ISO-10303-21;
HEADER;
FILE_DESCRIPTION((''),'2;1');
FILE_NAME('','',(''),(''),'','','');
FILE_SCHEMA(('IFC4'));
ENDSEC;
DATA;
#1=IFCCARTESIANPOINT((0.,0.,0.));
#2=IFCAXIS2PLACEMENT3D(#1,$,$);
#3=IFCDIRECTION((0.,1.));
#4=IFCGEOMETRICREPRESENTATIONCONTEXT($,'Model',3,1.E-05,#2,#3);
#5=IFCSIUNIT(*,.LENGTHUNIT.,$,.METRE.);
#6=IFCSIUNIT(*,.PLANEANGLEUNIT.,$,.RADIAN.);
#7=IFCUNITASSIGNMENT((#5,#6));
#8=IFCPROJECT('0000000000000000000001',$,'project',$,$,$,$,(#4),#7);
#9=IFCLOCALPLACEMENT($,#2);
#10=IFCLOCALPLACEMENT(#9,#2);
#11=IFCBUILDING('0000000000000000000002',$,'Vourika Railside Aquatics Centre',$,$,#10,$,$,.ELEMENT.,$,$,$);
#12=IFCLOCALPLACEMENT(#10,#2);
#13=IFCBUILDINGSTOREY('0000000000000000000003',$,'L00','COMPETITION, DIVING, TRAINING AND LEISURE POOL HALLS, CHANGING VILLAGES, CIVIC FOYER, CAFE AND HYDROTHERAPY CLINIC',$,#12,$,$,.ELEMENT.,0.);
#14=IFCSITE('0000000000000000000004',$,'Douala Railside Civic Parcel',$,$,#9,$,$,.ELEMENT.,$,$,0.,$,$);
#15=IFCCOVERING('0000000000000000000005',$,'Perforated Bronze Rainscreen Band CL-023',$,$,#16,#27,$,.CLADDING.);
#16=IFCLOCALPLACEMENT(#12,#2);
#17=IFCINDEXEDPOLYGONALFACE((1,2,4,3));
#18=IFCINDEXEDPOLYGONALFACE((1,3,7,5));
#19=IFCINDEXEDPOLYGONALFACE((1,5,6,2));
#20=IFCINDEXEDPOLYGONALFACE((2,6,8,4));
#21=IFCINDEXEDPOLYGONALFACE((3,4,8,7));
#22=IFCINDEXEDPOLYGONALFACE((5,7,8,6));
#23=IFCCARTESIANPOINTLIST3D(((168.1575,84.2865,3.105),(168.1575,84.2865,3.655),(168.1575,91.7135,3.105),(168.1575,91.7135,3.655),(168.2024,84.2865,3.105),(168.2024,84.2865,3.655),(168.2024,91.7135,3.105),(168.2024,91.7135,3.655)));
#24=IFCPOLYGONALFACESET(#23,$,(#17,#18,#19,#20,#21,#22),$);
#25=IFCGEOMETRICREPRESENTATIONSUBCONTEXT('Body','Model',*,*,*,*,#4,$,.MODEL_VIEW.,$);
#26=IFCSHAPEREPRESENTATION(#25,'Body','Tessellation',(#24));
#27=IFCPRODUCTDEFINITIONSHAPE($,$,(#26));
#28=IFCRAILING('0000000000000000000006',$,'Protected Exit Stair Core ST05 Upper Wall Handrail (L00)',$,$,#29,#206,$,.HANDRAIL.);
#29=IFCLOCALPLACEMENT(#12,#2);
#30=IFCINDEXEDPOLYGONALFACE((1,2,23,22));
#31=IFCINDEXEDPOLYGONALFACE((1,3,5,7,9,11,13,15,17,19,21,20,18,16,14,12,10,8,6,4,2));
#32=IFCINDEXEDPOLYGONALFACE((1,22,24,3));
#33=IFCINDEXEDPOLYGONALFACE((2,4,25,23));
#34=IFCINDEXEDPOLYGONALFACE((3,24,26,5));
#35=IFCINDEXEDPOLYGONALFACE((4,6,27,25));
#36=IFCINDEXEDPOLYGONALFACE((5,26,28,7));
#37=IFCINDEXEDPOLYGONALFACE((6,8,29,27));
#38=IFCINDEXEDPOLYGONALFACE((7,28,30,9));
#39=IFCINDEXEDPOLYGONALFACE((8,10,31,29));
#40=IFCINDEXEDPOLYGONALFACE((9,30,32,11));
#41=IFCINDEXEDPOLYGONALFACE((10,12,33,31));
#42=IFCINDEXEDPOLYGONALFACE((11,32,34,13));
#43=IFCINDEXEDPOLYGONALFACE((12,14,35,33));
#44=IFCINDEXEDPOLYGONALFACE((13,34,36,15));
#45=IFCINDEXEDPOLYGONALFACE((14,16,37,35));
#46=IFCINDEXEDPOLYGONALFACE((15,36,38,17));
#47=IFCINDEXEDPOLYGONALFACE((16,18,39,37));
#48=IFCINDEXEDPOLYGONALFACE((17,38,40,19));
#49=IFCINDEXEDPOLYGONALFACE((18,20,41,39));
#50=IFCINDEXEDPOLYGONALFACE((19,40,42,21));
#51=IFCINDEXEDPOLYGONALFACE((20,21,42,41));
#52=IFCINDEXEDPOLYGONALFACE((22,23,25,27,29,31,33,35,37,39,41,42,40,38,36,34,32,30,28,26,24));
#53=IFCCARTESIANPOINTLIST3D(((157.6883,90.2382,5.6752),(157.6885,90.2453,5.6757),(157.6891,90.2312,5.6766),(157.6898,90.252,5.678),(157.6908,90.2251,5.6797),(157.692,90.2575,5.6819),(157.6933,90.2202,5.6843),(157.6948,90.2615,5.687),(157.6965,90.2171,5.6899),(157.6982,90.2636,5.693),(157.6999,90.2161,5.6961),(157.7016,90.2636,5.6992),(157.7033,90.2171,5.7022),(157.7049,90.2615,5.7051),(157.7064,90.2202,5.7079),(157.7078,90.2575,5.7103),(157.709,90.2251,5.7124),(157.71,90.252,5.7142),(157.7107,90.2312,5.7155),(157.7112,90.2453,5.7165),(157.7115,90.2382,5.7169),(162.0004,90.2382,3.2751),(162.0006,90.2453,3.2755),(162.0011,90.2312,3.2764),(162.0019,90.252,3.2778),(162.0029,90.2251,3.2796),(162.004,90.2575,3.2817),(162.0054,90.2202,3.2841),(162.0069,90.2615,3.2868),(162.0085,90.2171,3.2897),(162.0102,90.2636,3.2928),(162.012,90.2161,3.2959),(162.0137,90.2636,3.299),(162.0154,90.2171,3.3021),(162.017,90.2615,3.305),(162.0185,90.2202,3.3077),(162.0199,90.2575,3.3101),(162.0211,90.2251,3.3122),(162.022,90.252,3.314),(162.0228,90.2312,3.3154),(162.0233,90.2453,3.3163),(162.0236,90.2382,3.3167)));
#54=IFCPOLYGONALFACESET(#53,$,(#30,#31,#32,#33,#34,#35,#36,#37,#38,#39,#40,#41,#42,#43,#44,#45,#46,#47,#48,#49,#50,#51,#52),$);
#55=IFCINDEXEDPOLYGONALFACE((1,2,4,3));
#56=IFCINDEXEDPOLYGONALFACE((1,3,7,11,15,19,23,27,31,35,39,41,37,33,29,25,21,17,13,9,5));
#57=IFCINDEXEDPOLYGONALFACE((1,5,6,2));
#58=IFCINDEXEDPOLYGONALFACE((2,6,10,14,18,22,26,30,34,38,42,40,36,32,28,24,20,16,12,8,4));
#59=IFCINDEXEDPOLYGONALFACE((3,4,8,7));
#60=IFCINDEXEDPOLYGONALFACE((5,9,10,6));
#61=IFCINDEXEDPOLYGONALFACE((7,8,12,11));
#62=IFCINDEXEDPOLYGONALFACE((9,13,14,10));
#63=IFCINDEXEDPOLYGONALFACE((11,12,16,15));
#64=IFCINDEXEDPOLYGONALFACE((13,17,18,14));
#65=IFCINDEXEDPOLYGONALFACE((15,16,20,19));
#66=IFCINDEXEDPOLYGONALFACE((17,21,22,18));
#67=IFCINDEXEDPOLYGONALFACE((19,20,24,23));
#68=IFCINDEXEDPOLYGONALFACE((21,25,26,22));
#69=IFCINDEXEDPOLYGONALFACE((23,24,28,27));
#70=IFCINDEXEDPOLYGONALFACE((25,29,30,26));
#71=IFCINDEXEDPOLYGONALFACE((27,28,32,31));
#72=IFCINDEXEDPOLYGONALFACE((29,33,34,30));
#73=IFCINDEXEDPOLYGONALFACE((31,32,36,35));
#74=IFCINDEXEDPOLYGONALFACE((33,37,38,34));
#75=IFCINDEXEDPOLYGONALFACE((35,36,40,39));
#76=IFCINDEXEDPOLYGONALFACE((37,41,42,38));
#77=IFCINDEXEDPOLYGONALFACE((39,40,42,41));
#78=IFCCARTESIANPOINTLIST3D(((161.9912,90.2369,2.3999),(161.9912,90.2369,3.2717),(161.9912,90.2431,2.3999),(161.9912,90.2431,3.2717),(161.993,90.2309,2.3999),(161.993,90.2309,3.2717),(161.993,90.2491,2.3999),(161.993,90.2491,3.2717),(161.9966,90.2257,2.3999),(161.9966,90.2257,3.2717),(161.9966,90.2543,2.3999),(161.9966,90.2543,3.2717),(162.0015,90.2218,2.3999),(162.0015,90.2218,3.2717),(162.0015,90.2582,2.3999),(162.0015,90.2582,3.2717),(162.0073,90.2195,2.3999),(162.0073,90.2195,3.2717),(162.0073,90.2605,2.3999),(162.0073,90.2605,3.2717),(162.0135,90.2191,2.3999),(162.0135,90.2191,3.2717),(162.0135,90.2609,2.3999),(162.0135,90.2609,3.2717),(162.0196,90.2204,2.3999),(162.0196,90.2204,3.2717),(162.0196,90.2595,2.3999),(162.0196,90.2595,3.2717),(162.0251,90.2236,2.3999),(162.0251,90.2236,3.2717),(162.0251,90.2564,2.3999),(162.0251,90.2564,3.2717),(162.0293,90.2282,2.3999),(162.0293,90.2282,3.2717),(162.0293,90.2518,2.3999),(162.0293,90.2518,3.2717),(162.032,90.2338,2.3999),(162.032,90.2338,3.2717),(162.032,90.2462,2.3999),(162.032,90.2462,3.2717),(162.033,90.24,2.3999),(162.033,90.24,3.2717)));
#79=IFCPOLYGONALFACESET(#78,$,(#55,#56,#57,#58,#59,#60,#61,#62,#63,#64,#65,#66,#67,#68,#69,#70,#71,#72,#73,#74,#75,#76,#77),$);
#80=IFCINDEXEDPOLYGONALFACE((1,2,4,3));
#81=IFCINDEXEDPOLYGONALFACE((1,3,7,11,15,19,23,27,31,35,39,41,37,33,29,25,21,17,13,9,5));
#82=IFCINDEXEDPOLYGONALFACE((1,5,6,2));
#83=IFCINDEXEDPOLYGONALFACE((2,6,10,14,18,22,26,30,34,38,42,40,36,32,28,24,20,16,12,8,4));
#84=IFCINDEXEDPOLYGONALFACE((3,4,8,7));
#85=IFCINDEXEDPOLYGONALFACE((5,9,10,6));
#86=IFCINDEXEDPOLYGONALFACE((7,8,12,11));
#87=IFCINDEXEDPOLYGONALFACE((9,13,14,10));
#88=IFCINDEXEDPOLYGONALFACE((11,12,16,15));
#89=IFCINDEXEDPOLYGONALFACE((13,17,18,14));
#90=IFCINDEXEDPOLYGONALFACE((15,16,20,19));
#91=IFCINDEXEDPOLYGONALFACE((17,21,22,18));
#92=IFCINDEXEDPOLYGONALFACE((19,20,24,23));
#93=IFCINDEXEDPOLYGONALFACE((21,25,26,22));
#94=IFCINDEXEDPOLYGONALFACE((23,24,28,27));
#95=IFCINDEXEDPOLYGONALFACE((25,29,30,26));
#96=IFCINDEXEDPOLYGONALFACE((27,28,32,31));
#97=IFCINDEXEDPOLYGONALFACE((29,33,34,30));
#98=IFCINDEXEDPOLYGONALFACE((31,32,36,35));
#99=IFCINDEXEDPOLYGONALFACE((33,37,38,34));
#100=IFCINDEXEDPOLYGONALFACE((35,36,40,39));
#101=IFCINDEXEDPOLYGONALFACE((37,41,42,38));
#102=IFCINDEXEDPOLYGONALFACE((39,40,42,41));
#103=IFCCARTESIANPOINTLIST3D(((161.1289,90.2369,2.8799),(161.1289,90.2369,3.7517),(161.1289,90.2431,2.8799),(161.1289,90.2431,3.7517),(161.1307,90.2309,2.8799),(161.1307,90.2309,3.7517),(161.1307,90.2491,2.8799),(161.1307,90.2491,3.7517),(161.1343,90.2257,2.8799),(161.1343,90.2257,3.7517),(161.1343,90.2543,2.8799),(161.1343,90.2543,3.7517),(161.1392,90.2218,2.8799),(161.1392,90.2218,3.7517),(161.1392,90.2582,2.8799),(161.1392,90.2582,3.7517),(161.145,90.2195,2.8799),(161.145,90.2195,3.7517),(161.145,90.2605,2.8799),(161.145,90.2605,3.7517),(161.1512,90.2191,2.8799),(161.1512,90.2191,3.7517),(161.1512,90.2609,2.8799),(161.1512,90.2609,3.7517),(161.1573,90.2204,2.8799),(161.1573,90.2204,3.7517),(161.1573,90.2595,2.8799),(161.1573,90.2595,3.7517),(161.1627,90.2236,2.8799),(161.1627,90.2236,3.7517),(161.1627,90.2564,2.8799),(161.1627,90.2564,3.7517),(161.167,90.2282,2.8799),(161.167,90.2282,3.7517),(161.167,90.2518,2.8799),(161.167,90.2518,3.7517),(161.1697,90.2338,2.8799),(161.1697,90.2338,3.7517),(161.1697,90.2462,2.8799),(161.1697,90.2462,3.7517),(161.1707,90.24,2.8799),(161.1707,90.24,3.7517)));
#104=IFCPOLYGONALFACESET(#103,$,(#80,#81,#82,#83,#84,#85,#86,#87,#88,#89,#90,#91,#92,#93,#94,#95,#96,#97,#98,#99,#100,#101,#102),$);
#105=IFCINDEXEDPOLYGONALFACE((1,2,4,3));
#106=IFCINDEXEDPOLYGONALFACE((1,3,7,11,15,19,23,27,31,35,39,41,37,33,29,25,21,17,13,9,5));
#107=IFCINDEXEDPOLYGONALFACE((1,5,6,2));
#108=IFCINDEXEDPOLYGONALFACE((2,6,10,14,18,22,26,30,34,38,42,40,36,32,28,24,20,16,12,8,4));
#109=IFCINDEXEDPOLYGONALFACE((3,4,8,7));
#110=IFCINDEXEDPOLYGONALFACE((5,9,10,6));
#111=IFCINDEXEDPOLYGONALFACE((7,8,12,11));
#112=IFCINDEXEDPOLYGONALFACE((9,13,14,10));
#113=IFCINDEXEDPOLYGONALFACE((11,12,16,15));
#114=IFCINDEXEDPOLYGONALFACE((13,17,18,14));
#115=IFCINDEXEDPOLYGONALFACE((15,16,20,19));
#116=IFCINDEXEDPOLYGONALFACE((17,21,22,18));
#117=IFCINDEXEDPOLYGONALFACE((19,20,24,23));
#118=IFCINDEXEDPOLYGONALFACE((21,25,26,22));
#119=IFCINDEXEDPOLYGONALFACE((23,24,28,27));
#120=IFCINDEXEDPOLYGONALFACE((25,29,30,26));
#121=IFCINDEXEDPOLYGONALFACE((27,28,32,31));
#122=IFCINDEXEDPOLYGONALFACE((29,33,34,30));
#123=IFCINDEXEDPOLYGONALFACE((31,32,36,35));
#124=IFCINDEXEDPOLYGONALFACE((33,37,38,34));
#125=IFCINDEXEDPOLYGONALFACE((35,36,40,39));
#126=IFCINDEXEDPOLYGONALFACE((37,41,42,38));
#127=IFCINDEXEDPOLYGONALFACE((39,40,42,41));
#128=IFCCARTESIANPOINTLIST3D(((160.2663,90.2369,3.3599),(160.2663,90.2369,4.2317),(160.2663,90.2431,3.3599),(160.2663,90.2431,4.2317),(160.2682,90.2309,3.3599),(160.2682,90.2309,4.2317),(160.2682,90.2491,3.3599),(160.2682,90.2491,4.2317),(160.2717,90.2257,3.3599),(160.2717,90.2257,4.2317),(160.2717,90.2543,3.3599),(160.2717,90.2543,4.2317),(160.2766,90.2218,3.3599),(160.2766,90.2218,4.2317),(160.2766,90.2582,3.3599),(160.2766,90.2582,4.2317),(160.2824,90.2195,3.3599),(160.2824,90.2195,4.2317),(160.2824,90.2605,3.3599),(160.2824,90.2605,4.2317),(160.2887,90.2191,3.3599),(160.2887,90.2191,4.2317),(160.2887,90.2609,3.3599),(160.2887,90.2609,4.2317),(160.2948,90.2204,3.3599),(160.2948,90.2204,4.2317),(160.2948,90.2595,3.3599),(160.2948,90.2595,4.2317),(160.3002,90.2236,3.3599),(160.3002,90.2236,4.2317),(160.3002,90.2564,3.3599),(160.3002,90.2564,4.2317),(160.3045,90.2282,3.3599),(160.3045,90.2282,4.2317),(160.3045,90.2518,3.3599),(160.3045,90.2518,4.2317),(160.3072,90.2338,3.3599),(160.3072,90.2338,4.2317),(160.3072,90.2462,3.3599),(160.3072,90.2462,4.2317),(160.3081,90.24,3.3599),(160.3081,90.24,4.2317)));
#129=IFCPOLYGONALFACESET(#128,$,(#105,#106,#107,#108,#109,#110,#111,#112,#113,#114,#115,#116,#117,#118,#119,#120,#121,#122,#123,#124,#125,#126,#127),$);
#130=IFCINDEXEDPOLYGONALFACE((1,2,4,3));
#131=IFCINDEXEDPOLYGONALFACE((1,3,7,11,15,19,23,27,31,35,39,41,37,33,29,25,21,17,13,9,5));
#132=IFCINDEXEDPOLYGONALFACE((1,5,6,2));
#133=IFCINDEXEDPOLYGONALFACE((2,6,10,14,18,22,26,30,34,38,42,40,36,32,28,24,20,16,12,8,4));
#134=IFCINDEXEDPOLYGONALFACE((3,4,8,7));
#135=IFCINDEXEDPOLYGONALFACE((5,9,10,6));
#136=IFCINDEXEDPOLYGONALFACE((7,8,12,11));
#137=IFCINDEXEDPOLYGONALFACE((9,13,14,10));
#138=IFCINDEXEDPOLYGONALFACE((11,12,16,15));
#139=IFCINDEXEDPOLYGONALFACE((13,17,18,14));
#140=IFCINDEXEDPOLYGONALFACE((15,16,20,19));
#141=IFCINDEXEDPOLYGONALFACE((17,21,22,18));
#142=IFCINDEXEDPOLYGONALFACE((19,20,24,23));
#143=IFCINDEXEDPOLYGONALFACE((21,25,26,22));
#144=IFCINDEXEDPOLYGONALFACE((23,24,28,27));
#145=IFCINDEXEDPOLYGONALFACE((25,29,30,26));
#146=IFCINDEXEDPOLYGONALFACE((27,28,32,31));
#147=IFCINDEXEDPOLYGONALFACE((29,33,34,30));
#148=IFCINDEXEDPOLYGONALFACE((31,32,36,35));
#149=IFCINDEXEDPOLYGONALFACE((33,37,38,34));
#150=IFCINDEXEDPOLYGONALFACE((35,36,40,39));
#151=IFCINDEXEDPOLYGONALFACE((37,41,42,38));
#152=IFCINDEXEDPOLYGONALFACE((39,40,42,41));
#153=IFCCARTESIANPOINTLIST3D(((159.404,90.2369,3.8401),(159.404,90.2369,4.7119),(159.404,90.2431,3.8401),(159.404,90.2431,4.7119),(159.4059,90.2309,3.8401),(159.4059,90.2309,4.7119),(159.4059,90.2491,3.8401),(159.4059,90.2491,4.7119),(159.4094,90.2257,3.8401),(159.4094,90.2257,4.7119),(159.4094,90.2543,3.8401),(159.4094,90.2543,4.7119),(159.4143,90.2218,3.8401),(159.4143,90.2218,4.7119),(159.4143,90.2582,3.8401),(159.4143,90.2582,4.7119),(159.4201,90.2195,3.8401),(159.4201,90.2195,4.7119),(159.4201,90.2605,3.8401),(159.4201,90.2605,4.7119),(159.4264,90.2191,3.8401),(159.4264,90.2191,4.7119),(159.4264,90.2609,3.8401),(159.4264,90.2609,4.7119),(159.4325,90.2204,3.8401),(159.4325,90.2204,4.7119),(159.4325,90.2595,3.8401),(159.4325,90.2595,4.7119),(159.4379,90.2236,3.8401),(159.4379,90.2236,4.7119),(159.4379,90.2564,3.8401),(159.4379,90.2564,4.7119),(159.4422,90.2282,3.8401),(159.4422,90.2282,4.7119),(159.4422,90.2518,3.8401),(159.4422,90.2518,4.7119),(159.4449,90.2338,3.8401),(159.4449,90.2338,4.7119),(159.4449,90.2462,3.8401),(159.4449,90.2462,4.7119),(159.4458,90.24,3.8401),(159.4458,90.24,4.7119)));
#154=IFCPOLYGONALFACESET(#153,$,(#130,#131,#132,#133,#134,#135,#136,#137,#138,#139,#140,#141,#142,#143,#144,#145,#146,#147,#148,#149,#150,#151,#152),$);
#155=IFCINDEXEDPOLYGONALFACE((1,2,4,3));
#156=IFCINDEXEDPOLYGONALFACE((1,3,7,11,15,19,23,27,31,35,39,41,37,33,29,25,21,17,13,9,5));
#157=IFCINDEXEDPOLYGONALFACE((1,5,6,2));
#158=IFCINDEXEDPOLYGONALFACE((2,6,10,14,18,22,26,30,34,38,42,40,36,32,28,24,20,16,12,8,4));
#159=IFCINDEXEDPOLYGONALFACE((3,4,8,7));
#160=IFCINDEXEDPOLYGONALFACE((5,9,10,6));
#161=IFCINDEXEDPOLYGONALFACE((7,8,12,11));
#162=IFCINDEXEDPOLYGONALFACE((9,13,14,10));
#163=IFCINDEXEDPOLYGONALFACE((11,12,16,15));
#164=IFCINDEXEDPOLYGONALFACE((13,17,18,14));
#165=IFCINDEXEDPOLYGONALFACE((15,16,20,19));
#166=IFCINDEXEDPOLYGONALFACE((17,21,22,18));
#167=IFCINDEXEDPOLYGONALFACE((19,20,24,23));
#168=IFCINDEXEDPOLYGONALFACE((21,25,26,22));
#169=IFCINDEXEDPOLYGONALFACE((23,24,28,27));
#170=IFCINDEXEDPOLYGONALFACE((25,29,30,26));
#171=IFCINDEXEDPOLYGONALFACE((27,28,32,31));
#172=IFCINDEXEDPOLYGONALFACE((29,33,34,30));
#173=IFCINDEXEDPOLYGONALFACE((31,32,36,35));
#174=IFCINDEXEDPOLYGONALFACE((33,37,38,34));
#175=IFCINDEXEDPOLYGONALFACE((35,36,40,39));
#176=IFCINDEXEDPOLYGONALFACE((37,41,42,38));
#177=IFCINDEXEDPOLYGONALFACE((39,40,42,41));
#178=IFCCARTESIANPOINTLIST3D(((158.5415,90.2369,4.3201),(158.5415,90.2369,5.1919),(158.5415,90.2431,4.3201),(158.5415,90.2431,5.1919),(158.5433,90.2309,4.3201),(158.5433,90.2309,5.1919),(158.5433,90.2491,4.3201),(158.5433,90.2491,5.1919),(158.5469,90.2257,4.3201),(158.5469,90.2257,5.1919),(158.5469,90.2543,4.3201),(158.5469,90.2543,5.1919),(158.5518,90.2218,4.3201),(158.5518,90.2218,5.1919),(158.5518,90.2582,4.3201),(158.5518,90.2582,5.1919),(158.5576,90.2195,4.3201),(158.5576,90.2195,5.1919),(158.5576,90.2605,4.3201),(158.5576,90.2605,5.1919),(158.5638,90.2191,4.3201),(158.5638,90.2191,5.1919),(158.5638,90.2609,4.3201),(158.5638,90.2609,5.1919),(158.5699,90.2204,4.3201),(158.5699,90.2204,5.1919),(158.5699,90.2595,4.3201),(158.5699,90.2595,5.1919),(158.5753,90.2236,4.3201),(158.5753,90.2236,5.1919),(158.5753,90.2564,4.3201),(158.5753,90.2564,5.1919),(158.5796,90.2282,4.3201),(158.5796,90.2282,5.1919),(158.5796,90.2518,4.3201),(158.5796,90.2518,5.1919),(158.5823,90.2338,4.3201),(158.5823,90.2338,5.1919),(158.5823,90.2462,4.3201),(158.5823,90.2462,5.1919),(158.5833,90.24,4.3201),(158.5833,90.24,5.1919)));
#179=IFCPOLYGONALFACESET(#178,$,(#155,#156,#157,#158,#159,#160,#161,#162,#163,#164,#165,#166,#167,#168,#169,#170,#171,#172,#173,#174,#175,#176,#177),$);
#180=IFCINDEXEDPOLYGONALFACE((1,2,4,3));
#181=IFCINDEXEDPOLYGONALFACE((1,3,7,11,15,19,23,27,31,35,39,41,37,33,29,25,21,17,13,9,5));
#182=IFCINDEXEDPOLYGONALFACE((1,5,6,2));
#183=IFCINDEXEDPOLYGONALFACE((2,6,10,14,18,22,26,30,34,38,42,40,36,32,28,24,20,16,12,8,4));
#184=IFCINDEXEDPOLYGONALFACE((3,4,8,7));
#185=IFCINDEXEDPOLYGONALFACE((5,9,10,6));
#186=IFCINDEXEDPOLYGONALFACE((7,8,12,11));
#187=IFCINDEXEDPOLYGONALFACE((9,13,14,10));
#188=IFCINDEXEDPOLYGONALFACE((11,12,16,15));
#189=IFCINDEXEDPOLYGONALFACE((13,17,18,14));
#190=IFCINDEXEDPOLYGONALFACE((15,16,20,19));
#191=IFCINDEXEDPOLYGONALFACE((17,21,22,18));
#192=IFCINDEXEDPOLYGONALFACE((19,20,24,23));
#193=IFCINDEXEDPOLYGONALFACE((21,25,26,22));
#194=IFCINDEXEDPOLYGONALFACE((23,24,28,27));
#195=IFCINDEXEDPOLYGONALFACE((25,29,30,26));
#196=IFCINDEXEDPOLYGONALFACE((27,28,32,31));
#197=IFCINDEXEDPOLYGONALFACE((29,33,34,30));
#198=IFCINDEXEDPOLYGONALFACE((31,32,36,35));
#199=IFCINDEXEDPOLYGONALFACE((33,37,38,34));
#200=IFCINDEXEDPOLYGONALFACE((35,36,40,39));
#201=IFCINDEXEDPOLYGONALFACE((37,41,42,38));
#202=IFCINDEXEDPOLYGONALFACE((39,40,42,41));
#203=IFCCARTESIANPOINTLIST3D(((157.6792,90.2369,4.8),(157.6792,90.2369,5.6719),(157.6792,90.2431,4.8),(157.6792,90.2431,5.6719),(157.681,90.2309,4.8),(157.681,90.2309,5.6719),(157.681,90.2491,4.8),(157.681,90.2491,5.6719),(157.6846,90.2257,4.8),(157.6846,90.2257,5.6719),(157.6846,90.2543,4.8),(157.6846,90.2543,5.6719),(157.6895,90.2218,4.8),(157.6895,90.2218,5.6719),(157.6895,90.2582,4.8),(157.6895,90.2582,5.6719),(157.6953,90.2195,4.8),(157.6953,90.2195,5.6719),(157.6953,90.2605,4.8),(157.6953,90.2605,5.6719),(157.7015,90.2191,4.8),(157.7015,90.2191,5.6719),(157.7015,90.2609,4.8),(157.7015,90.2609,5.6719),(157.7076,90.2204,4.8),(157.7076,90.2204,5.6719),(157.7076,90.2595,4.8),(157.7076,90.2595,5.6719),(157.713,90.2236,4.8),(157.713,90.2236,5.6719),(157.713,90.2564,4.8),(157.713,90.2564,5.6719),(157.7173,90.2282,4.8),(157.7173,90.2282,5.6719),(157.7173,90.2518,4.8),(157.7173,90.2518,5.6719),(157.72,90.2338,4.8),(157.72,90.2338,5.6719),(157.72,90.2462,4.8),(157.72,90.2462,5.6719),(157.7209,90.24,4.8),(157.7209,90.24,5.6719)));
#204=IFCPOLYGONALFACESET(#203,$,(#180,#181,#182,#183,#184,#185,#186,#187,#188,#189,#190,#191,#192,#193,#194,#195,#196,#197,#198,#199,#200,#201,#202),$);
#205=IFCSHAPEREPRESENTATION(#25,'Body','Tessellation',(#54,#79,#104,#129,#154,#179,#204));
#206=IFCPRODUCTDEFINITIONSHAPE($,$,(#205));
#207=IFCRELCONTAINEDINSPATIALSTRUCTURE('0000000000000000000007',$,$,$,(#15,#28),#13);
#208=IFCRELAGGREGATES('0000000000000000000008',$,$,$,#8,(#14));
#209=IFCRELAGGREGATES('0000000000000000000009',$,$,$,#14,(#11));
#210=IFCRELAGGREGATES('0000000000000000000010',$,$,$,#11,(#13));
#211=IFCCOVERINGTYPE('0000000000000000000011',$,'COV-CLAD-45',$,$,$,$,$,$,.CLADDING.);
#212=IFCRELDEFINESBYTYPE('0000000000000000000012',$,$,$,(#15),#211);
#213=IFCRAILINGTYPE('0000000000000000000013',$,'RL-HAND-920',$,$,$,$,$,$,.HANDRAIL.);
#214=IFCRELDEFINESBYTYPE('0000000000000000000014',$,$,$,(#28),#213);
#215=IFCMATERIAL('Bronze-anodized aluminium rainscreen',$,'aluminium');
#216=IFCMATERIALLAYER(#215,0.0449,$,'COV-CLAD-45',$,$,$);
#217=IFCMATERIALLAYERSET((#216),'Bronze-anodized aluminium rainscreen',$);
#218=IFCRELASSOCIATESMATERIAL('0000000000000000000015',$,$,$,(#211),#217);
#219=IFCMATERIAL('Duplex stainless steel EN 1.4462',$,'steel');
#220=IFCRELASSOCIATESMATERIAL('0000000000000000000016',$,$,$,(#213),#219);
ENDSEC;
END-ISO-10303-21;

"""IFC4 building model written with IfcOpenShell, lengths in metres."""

from ifc_helpers import new_model, si_unit, direction, frame, origin, origin_2d, place, context, subcontext, project, spatial, rectangle, circle, extrude, material, layer, layer_set, type_object, element, save


model = new_model("IFC4")

# Units and contexts
model_context = context("Model", 3, precision=1e-05, world=origin(), true_north=direction((0.0, 1.0)))
body_context = subcontext(model_context, "Body", "Model", "MODEL_VIEW")
ifc_project = project(units=[si_unit("LENGTHUNIT", "METRE"), si_unit("PLANEANGLEUNIT", "RADIAN")], contexts=[model_context])

# Site, building, storey
site_placement = place(None, origin())
site = spatial("IfcSite", under=ifc_project, at=site_placement, Name="Douala Railside Civic Parcel", CompositionType="ELEMENT", RefElevation=0.0)
building_placement = place(site_placement, origin())
building = spatial("IfcBuilding", under=site, at=building_placement, Name="Vourika Railside Aquatics Centre", CompositionType="ELEMENT")
storey_placement = place(building_placement, origin())
storey = spatial("IfcBuildingStorey", under=building, at=storey_placement, Name="L00", Description="COMPETITION, DIVING, TRAINING AND LEISURE POOL HALLS, CHANGING VILLAGES, CIVIC FOYER, CAFE AND HYDROTHERAPY CLINIC", CompositionType="ELEMENT", Elevation=0.0)

# Covering
ifc_material_1 = material(Name="Bronze-anodized aluminium rainscreen", Category="aluminium")
ifc_layer_1 = layer(ifc_material_1, 0.0449, Name="COV-CLAD-45")
ifc_layer_set_1 = layer_set([ifc_layer_1], Name="Bronze-anodized aluminium rainscreen")
covering_type = type_object("IfcCoveringType", Name="COV-CLAD-45", PredefinedType="CLADDING", material=ifc_layer_set_1)
covering_placement = place(storey_placement, frame((168.1799, 88.0, 3.105), z_axis=(0.0, 0.0, 1.0), x_axis=(0.0, 1.0, 0.0)))
element("IfcCovering", 1, at=covering_placement, inside=storey, type_object=covering_type, Name="Perforated Bronze Rainscreen Band CL-023", PredefinedType="CLADDING", context=body_context, shape_type="SweptSolid", body=[
    extrude(rectangle(XDim=7.427, YDim=0.0449, at=origin_2d()), origin(), (0.0, 0.0, 1.0), 0.55),
])

# Railing
ifc_material_2 = material(Name="Duplex stainless steel EN 1.4462", Category="steel")
railing_type = type_object("IfcRailingType", Name="RL-HAND-920", PredefinedType="HANDRAIL", material=ifc_material_2)
railing_placement = place(storey_placement, frame((162.012, 90.24, 2.3999)))
element("IfcRailing", 2, at=railing_placement, inside=storey, type_object=railing_type, Name="Protected Exit Stair Core ST05 Upper Wall Handrail (L00)", PredefinedType="HANDRAIL", context=body_context, shape_type="SweptSolid", body=[
    extrude(circle(Radius=0.0239, at=origin_2d()), frame((0.0, 0.0, 0.896), z_axis=(-0.873763, 0.0, 0.486353), x_axis=(0.0, -1.0, 0.0)), (0.0, 0.0, 1.0), 4.9351),
    extrude(circle(Radius=0.021, at=origin_2d()), origin(), (0.0, 0.0, 1.0), 0.8718),
    extrude(circle(Radius=0.021, at=origin_2d()), frame((-0.8623, 0.0, 0.48)), (0.0, 0.0, 1.0), 0.8718),
    extrude(circle(Radius=0.021, at=origin_2d()), frame((-1.7249, 0.0, 0.96)), (0.0, 0.0, 1.0), 0.8718),
    extrude(circle(Radius=0.021, at=origin_2d()), frame((-2.5872, 0.0, 1.4402)), (0.0, 0.0, 1.0), 0.8718),
    extrude(circle(Radius=0.021, at=origin_2d()), frame((-3.4497, 0.0, 1.9202)), (0.0, 0.0, 1.0), 0.8718),
    extrude(circle(Radius=0.021, at=origin_2d()), frame((-4.312, 0.0, 2.4001)), (0.0, 0.0, 1.0), 0.8718),
])

save(model, "model.ifc")
